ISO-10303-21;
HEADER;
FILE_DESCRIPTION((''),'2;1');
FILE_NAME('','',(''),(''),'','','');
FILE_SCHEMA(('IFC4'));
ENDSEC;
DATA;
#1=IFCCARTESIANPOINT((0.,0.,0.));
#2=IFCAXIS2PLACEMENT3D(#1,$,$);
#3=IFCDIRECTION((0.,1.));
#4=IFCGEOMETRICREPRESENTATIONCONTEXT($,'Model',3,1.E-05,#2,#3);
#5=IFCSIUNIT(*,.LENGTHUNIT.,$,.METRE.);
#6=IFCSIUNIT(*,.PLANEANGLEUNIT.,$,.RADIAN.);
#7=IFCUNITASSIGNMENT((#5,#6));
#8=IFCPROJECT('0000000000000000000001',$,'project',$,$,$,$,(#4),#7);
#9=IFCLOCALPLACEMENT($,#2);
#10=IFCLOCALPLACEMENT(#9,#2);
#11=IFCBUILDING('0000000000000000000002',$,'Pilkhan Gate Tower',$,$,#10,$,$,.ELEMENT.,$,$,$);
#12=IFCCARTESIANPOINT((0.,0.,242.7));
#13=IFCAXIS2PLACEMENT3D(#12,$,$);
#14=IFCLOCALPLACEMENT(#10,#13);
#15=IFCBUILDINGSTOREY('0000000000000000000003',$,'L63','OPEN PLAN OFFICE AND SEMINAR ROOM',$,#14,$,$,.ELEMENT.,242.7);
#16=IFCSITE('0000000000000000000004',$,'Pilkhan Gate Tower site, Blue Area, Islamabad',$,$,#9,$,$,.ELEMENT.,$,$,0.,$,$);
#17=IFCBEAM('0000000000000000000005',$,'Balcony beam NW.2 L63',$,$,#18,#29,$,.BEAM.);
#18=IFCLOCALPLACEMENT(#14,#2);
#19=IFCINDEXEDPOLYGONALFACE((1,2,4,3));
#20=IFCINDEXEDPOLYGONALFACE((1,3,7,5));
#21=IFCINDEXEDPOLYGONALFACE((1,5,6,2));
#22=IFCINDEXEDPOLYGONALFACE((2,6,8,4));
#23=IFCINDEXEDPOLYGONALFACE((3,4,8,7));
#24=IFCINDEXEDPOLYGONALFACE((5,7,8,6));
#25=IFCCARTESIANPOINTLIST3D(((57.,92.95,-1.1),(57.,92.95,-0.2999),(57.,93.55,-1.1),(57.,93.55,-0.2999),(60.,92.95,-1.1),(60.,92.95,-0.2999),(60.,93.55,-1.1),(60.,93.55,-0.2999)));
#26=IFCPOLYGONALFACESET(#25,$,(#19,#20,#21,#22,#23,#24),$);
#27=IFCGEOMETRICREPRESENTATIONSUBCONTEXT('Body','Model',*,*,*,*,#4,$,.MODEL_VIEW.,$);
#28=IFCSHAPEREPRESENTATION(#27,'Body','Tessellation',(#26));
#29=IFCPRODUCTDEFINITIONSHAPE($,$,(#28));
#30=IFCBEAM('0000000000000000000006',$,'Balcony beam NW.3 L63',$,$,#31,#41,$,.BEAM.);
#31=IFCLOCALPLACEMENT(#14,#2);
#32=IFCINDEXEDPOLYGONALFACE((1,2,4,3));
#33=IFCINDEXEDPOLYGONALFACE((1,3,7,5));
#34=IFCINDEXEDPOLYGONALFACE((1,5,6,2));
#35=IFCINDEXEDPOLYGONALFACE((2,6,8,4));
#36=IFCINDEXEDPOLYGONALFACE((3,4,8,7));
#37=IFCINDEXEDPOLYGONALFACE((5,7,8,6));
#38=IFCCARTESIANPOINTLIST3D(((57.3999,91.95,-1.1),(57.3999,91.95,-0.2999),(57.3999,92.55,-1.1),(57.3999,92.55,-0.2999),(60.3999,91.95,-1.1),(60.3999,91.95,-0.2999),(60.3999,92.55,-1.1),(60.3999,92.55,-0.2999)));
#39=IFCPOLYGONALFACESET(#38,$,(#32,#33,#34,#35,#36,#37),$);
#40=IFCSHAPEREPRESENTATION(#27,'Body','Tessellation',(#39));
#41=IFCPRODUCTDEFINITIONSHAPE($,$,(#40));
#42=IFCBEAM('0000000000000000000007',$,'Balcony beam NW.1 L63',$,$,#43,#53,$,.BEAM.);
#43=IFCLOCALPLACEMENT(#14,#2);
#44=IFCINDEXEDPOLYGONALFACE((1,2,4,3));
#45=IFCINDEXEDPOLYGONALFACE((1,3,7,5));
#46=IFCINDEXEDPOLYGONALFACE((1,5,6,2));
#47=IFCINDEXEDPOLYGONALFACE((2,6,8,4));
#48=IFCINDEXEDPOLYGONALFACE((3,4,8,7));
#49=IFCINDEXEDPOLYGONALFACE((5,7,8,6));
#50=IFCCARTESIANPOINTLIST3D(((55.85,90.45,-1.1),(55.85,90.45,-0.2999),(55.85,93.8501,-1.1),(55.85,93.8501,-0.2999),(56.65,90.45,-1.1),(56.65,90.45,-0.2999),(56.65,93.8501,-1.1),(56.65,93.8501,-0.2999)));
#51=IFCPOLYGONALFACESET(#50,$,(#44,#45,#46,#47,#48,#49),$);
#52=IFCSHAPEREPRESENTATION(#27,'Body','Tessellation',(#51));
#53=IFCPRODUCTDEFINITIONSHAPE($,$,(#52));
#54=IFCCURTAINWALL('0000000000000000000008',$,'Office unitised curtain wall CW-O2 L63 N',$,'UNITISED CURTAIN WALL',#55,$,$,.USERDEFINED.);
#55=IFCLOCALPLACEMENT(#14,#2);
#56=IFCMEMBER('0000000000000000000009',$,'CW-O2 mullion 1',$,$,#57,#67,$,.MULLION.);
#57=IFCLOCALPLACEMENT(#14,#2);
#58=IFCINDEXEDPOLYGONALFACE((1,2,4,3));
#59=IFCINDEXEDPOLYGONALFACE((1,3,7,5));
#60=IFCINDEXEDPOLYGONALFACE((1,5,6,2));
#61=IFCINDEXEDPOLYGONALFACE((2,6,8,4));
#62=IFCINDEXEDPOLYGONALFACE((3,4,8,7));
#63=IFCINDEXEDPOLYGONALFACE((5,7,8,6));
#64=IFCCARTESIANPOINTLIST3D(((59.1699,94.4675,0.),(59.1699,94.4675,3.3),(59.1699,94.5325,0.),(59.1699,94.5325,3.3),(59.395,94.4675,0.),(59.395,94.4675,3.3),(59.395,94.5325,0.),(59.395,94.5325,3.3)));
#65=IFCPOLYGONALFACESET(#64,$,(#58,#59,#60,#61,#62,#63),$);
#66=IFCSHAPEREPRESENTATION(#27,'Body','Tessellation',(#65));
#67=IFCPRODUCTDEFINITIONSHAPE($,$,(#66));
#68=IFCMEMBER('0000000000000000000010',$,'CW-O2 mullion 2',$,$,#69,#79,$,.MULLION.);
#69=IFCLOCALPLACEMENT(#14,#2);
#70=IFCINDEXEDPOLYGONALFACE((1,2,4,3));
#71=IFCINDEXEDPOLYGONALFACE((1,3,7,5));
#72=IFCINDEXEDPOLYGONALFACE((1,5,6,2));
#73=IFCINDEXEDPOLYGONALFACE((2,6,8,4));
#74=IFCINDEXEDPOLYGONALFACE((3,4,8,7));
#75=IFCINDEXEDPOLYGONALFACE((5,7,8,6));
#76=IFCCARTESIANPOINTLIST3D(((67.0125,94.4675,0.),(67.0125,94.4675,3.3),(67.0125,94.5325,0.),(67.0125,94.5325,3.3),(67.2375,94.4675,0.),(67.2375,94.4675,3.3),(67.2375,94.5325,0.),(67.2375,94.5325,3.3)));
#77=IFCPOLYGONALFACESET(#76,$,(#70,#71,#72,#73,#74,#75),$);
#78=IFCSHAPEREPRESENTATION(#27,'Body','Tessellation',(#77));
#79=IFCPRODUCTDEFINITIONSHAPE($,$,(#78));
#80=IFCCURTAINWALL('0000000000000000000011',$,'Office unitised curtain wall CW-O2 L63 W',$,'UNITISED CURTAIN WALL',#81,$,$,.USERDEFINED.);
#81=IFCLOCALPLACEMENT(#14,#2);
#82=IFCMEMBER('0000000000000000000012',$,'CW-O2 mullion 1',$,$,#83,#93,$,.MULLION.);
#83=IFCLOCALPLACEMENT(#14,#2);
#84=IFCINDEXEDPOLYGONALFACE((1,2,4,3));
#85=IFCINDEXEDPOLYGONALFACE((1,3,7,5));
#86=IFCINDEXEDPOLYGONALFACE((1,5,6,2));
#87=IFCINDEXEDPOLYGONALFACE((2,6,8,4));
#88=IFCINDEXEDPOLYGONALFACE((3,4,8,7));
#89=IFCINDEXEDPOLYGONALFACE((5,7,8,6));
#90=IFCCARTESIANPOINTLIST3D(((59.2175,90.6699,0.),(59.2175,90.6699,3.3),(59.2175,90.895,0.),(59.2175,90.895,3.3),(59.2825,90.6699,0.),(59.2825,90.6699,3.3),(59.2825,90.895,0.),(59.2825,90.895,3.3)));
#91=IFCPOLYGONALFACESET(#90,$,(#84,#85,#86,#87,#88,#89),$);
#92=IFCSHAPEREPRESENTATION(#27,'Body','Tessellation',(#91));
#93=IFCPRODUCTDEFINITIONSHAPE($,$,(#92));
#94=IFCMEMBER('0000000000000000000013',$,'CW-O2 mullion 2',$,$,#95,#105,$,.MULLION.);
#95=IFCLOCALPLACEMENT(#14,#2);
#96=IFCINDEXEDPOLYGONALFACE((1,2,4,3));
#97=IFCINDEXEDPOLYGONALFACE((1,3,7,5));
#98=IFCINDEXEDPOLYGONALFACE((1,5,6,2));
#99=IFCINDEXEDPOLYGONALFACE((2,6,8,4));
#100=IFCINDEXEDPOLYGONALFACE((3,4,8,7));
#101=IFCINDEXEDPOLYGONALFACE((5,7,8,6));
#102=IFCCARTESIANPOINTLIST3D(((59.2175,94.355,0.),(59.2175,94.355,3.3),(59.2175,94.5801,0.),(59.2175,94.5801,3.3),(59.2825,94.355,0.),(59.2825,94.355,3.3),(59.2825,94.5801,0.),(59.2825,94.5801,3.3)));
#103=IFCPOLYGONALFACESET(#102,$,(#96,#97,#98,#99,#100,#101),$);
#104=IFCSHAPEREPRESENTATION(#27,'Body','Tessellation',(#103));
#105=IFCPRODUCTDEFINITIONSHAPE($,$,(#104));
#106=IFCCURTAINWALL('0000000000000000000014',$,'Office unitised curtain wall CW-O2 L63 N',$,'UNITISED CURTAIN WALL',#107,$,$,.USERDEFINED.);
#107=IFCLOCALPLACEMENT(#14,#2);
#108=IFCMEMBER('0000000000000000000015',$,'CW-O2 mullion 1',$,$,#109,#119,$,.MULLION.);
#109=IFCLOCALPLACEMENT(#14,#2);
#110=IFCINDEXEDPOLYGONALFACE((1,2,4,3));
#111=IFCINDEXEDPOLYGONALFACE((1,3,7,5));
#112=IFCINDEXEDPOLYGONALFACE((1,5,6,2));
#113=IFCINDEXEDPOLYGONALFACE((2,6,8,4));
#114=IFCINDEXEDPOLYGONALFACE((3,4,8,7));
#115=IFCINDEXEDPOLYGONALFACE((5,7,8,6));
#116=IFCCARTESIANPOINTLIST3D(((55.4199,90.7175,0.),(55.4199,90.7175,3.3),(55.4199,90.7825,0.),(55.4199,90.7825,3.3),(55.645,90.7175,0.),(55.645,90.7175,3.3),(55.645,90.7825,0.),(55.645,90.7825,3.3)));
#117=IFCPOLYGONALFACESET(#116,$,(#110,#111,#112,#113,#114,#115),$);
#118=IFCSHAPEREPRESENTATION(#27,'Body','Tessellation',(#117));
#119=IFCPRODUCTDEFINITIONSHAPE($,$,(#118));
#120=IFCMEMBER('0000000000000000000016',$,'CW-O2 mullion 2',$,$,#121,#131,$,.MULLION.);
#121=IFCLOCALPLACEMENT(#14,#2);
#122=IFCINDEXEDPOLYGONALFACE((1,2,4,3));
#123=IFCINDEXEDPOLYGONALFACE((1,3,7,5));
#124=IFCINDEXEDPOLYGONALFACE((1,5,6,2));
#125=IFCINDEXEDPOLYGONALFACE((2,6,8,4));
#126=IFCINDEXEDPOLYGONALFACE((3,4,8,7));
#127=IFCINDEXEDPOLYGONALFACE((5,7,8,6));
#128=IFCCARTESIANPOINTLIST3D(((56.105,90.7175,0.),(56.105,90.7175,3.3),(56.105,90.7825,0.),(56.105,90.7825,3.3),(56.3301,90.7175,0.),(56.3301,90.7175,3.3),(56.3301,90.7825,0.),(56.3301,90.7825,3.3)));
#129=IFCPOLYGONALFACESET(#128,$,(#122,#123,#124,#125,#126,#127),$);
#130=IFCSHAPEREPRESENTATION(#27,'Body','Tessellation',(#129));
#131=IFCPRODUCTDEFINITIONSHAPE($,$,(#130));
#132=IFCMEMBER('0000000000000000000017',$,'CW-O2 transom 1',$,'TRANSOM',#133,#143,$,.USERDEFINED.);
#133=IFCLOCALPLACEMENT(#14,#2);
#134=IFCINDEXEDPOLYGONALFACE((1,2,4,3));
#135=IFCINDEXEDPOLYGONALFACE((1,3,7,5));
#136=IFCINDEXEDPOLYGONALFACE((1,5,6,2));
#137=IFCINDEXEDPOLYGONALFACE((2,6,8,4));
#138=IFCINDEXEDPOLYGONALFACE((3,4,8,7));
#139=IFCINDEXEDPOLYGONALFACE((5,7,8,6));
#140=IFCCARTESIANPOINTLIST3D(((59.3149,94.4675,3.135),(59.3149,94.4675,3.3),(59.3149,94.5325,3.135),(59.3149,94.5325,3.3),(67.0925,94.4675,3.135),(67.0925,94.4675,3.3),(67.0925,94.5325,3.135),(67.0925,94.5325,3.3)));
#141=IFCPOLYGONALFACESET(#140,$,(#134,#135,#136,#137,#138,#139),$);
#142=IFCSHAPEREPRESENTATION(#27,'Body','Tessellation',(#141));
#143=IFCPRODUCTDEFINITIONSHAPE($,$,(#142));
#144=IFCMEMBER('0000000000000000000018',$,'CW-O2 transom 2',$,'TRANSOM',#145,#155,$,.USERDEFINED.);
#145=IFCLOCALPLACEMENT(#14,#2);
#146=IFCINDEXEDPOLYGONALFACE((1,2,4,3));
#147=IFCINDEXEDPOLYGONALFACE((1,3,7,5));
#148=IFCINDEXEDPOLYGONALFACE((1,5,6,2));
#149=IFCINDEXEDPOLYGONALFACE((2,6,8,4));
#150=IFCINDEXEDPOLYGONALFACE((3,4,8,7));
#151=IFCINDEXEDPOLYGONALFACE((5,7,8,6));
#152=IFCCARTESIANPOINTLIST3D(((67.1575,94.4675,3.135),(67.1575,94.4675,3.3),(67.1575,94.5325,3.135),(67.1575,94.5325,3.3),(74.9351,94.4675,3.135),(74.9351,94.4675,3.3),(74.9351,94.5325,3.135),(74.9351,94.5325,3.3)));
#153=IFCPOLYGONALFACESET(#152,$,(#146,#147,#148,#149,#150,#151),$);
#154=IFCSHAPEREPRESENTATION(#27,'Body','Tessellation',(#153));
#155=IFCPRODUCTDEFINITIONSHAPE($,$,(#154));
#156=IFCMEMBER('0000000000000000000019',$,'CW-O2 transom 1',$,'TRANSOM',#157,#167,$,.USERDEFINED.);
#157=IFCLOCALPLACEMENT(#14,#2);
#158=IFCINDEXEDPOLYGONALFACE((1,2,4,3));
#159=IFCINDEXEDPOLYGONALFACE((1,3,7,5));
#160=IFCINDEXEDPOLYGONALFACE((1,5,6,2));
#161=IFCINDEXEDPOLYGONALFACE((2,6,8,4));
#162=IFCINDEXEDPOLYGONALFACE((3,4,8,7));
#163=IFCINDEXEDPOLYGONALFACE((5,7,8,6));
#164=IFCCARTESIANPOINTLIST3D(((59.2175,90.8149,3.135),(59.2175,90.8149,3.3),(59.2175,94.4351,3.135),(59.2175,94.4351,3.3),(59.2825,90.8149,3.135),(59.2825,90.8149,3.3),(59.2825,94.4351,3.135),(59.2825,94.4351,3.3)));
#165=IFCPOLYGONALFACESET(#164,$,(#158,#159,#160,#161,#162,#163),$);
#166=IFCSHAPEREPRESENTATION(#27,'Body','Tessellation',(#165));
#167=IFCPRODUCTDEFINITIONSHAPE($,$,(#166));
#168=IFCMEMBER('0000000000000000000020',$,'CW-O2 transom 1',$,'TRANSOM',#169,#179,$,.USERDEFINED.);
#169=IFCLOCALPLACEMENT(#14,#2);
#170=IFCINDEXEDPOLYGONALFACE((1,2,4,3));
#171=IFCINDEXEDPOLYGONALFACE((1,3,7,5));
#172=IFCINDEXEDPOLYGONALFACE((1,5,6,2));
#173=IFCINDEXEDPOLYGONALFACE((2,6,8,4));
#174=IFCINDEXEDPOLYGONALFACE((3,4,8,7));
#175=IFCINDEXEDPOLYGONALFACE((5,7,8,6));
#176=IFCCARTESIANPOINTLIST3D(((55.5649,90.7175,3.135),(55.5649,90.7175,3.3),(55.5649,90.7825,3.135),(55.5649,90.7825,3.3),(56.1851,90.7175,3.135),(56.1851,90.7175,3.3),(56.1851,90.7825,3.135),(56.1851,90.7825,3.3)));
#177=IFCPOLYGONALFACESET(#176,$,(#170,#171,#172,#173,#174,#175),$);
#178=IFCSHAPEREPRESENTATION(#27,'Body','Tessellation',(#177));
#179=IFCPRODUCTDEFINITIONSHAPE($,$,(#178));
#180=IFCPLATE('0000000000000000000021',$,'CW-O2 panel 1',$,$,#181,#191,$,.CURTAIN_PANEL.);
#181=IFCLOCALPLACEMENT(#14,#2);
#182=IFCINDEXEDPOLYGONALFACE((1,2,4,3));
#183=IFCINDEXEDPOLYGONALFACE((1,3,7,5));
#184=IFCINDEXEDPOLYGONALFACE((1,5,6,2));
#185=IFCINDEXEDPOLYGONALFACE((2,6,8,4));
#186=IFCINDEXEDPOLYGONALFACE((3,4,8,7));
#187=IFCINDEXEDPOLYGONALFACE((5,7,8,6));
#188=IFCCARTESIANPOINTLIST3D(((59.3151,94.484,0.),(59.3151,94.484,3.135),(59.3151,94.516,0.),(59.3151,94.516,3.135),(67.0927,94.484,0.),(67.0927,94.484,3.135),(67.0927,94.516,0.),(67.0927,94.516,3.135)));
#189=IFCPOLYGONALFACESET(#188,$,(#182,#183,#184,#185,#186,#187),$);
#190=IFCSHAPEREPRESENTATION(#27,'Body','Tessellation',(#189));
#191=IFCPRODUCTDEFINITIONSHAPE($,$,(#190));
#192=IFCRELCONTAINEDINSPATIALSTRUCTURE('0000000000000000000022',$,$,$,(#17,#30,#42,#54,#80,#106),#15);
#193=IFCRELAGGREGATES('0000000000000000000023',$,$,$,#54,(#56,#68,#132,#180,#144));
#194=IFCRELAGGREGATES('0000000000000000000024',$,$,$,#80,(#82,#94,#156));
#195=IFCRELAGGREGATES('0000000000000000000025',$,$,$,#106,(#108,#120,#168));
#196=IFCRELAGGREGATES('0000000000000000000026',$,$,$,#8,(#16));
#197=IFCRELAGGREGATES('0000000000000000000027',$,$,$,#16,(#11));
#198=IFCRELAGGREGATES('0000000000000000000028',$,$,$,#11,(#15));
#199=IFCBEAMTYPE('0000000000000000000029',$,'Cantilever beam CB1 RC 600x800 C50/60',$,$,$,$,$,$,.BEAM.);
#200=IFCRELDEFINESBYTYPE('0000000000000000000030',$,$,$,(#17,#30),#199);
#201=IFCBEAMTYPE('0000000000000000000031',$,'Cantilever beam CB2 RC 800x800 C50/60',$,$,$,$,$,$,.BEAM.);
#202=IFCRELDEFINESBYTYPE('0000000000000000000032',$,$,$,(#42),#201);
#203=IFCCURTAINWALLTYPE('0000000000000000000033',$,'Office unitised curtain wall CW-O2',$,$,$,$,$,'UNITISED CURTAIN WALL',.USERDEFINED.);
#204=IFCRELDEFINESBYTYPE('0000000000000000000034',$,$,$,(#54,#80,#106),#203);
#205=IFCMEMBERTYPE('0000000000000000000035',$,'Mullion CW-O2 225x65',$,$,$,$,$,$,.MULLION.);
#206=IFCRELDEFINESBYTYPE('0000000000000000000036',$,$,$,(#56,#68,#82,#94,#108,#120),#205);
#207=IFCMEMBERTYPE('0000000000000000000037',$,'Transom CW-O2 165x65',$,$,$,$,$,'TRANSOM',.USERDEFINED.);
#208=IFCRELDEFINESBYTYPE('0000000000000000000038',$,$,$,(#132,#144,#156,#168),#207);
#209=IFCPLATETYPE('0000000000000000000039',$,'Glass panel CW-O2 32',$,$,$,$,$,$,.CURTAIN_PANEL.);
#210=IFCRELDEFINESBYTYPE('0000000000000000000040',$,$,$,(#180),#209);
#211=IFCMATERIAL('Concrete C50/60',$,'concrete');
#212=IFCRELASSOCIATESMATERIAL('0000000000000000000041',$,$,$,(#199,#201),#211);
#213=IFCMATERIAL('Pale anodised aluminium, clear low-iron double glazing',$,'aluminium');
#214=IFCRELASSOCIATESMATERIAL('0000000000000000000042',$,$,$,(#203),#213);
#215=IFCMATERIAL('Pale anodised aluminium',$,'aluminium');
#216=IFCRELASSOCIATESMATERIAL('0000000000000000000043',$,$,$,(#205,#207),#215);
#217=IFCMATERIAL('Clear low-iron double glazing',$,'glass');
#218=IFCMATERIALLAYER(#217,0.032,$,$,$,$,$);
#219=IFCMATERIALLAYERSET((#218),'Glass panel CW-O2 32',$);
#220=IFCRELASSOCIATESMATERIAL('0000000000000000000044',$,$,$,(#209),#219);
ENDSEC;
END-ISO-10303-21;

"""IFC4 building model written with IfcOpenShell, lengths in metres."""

from ifc_helpers import new_model, si_unit, direction, frame, origin, origin_2d, place, context, subcontext, project, spatial, rectangle, extrude, material, layer, layer_set, material_profile, profile_set, type_object, element, aggregate, save


model = new_model("IFC4")

# Units and contexts
model_context = context("Model", 3, precision=1e-05, world=origin(), true_north=direction((0.0, 1.0)))
body_context = subcontext(model_context, "Body", "Model", "MODEL_VIEW")
ifc_project = project(units=[si_unit("LENGTHUNIT", "METRE"), si_unit("PLANEANGLEUNIT", "RADIAN")], contexts=[model_context])

# Site, building, storey
site_placement = place(None, origin())
site = spatial("IfcSite", under=ifc_project, at=site_placement, Name="Pilkhan Gate Tower site, Blue Area, Islamabad", CompositionType="ELEMENT", RefElevation=0.0)
building_placement = place(site_placement, origin())
building = spatial("IfcBuilding", under=site, at=building_placement, Name="Pilkhan Gate Tower", CompositionType="ELEMENT")
storey_placement = place(building_placement, frame((0.0, 0.0, 242.7)))
storey = spatial("IfcBuildingStorey", under=building, at=storey_placement, Name="L63", Description="OPEN PLAN OFFICE AND SEMINAR ROOM", CompositionType="ELEMENT", Elevation=242.7)

# Beams
ifc_material_1 = material(Name="Concrete C50/60", Category="concrete")
ifc_material_profile_1 = material_profile(ifc_material_1, rectangle(XDim=0.6001, YDim=0.8, at=origin_2d()), Name="RC 600x800")
ifc_profile_set_1 = profile_set([ifc_material_profile_1], Name="Concrete C50/60")
beam_type_1 = type_object("IfcBeamType", Name="Cantilever beam CB1 RC 600x800 C50/60", PredefinedType="BEAM", material=ifc_profile_set_1)
for number, where, z_axis, x_axis, name in (
    (1, (60.0, 93.25, -0.7), (-1.0, 0.0, 0.0), (0.0, -1.0, 0.0), "Balcony beam NW.2 L63"),
    (2, (60.3999, 92.25, -0.7), (-1.0, 0.0, 0.0), (0.0, -1.0, 0.0), "Balcony beam NW.3 L63"),
):
    element("IfcBeam", number, at=place(storey_placement, frame(where, z_axis=z_axis, x_axis=x_axis)), inside=storey, type_object=beam_type_1, Name=name, PredefinedType="BEAM", context=body_context, shape_type="SweptSolid", body=[
        extrude(rectangle(XDim=0.6001, YDim=0.8, at=origin_2d()), origin(), (0.0, 0.0, 1.0), 3.0),
    ])
ifc_material_profile_2 = material_profile(ifc_material_1, rectangle(XDim=0.8, YDim=0.8, at=origin_2d()), Name="RC 800x800")
ifc_profile_set_2 = profile_set([ifc_material_profile_2], Name="Concrete C50/60")
beam_type_2 = type_object("IfcBeamType", Name="Cantilever beam CB2 RC 800x800 C50/60", PredefinedType="BEAM", material=ifc_profile_set_2)
beam_placement = place(storey_placement, frame((56.25, 90.45, -0.7), z_axis=(0.0, 1.0, 0.0), x_axis=(-1.0, 0.0, 0.0)))
element("IfcBeam", 3, at=beam_placement, inside=storey, type_object=beam_type_2, Name="Balcony beam NW.1 L63", PredefinedType="BEAM", context=body_context, shape_type="SweptSolid", body=[
    extrude(rectangle(XDim=0.8, YDim=0.8, at=origin_2d()), origin(), (0.0, 0.0, 1.0), 3.4001),
])

# Curtain walls, members
ifc_material_2 = material(Name="Pale anodised aluminium, clear low-iron double glazing", Category="aluminium")
curtain_wall_type = type_object("IfcCurtainWallType", Name="Office unitised curtain wall CW-O2", ElementType="UNITISED CURTAIN WALL", PredefinedType="USERDEFINED", material=ifc_material_2)
curtain_wall_1_placement = place(storey_placement, origin())
curtain_wall_1 = element("IfcCurtainWall", 4, at=curtain_wall_1_placement, inside=storey, type_object=curtain_wall_type, Name="Office unitised curtain wall CW-O2 L63 N", ObjectType="UNITISED CURTAIN WALL", PredefinedType="USERDEFINED")
ifc_material_3 = material(Name="Pale anodised aluminium", Category="aluminium")
ifc_material_profile_3 = material_profile(ifc_material_3, rectangle(XDim=0.0649, YDim=0.2251, at=origin_2d()), Name="Mullion 225x65")
ifc_profile_set_3 = profile_set([ifc_material_profile_3], Name="Pale anodised aluminium")
member_type_1 = type_object("IfcMemberType", Name="Mullion CW-O2 225x65", PredefinedType="MULLION", material=ifc_profile_set_3)
member_1_placement = place(storey_placement, frame((59.2825, 94.5, 0.0), z_axis=(0.0, 0.0, 1.0), x_axis=(0.0, 1.0, 0.0)))
member_1 = element("IfcMember", 5, at=member_1_placement, type_object=member_type_1, Name="CW-O2 mullion 1", PredefinedType="MULLION", context=body_context, shape_type="SweptSolid", body=[
    extrude(rectangle(XDim=0.0649, YDim=0.2251, at=origin_2d()), origin(), (0.0, 0.0, 1.0), 3.3),
])
member_2_placement = place(storey_placement, frame((67.125, 94.5, 0.0), z_axis=(0.0, 0.0, 1.0), x_axis=(0.0, 1.0, 0.0)))
member_2 = element("IfcMember", 6, at=member_2_placement, type_object=member_type_1, Name="CW-O2 mullion 2", PredefinedType="MULLION", context=body_context, shape_type="SweptSolid", body=[
    extrude(rectangle(XDim=0.0649, YDim=0.2251, at=origin_2d()), origin(), (0.0, 0.0, 1.0), 3.3),
])
curtain_wall_2_placement = place(storey_placement, origin())
curtain_wall_2 = element("IfcCurtainWall", 7, at=curtain_wall_2_placement, inside=storey, type_object=curtain_wall_type, Name="Office unitised curtain wall CW-O2 L63 W", ObjectType="UNITISED CURTAIN WALL", PredefinedType="USERDEFINED")
member_3_placement = place(storey_placement, frame((59.25, 90.7825, 0.0), z_axis=(0.0, 0.0, 1.0), x_axis=(-1.0, 0.0, 0.0)))
member_3 = element("IfcMember", 8, at=member_3_placement, type_object=member_type_1, Name="CW-O2 mullion 1", PredefinedType="MULLION", context=body_context, shape_type="SweptSolid", body=[
    extrude(rectangle(XDim=0.0649, YDim=0.2251, at=origin_2d()), origin(), (0.0, 0.0, 1.0), 3.3),
])
member_4_placement = place(storey_placement, frame((59.25, 94.4675, 0.0), z_axis=(0.0, 0.0, 1.0), x_axis=(-1.0, 0.0, 0.0)))
member_4 = element("IfcMember", 9, at=member_4_placement, type_object=member_type_1, Name="CW-O2 mullion 2", PredefinedType="MULLION", context=body_context, shape_type="SweptSolid", body=[
    extrude(rectangle(XDim=0.0649, YDim=0.2251, at=origin_2d()), origin(), (0.0, 0.0, 1.0), 3.3),
])
curtain_wall_3_placement = place(storey_placement, origin())
curtain_wall_3 = element("IfcCurtainWall", 10, at=curtain_wall_3_placement, inside=storey, type_object=curtain_wall_type, Name="Office unitised curtain wall CW-O2 L63 N", ObjectType="UNITISED CURTAIN WALL", PredefinedType="USERDEFINED")
member_5_placement = place(storey_placement, frame((55.5325, 90.75, 0.0), z_axis=(0.0, 0.0, 1.0), x_axis=(0.0, 1.0, 0.0)))
member_5 = element("IfcMember", 11, at=member_5_placement, type_object=member_type_1, Name="CW-O2 mullion 1", PredefinedType="MULLION", context=body_context, shape_type="SweptSolid", body=[
    extrude(rectangle(XDim=0.0649, YDim=0.2251, at=origin_2d()), origin(), (0.0, 0.0, 1.0), 3.3),
])
member_6_placement = place(storey_placement, frame((56.2175, 90.75, 0.0), z_axis=(0.0, 0.0, 1.0), x_axis=(0.0, 1.0, 0.0)))
member_6 = element("IfcMember", 12, at=member_6_placement, type_object=member_type_1, Name="CW-O2 mullion 2", PredefinedType="MULLION", context=body_context, shape_type="SweptSolid", body=[
    extrude(rectangle(XDim=0.0649, YDim=0.2251, at=origin_2d()), origin(), (0.0, 0.0, 1.0), 3.3),
])

# Members
ifc_material_profile_4 = material_profile(ifc_material_3, rectangle(XDim=0.0649, YDim=0.165, at=origin_2d()), Name="Transom 165x65")
ifc_profile_set_4 = profile_set([ifc_material_profile_4], Name="Pale anodised aluminium")
member_type_2 = type_object("IfcMemberType", Name="Transom CW-O2 165x65", ElementType="TRANSOM", PredefinedType="USERDEFINED", material=ifc_profile_set_4)
member_7_placement = place(storey_placement, frame((59.3149, 94.5, 3.2175), z_axis=(1.0, 0.0, 0.0), x_axis=(0.0, 1.0, 0.0)))
member_7 = element("IfcMember", 13, at=member_7_placement, type_object=member_type_2, Name="CW-O2 transom 1", ObjectType="TRANSOM", PredefinedType="USERDEFINED", context=body_context, shape_type="SweptSolid", body=[
    extrude(rectangle(XDim=0.0649, YDim=0.165, at=origin_2d()), origin(), (0.0, 0.0, 1.0), 7.7776),
])
member_8_placement = place(storey_placement, frame((67.1575, 94.5, 3.2175), z_axis=(1.0, 0.0, 0.0), x_axis=(0.0, 1.0, 0.0)))
member_8 = element("IfcMember", 14, at=member_8_placement, type_object=member_type_2, Name="CW-O2 transom 2", ObjectType="TRANSOM", PredefinedType="USERDEFINED", context=body_context, shape_type="SweptSolid", body=[
    extrude(rectangle(XDim=0.0649, YDim=0.165, at=origin_2d()), origin(), (0.0, 0.0, 1.0), 7.7776),
])
member_9_placement = place(storey_placement, frame((59.25, 90.8149, 3.2175), z_axis=(0.0, 1.0, 0.0), x_axis=(-1.0, 0.0, 0.0)))
member_9 = element("IfcMember", 15, at=member_9_placement, type_object=member_type_2, Name="CW-O2 transom 1", ObjectType="TRANSOM", PredefinedType="USERDEFINED", context=body_context, shape_type="SweptSolid", body=[
    extrude(rectangle(XDim=0.0649, YDim=0.165, at=origin_2d()), origin(), (0.0, 0.0, 1.0), 3.6201),
])
member_10_placement = place(storey_placement, frame((55.5649, 90.75, 3.2175), z_axis=(1.0, 0.0, 0.0), x_axis=(0.0, 1.0, 0.0)))
member_10 = element("IfcMember", 16, at=member_10_placement, type_object=member_type_2, Name="CW-O2 transom 1", ObjectType="TRANSOM", PredefinedType="USERDEFINED", context=body_context, shape_type="SweptSolid", body=[
    extrude(rectangle(XDim=0.0649, YDim=0.165, at=origin_2d()), origin(), (0.0, 0.0, 1.0), 0.6201),
])

# Plate
ifc_material_4 = material(Name="Clear low-iron double glazing", Category="glass")
ifc_layer_1 = layer(ifc_material_4, 0.032)
ifc_layer_set_1 = layer_set([ifc_layer_1], Name="Glass panel CW-O2 32")
plate_type = type_object("IfcPlateType", Name="Glass panel CW-O2 32", PredefinedType="CURTAIN_PANEL", material=ifc_layer_set_1)
plate_1_placement = place(storey_placement, frame((63.2039, 94.5, 0.0), z_axis=(0.0, 0.0, 1.0), x_axis=(1.0, 0.0, 0.0)))
plate_1 = element("IfcPlate", 17, at=plate_1_placement, type_object=plate_type, Name="CW-O2 panel 1", PredefinedType="CURTAIN_PANEL", context=body_context, shape_type="SweptSolid", body=[
    extrude(rectangle(XDim=7.7776, YDim=0.032, at=origin_2d()), origin(), (0.0, 0.0, 1.0), 3.135),
])
aggregate(curtain_wall_1, [member_1, member_2, member_7, plate_1, member_8])
aggregate(curtain_wall_2, [member_3, member_4, member_9])
aggregate(curtain_wall_3, [member_5, member_6, member_10])

save(model, "model.ifc")
